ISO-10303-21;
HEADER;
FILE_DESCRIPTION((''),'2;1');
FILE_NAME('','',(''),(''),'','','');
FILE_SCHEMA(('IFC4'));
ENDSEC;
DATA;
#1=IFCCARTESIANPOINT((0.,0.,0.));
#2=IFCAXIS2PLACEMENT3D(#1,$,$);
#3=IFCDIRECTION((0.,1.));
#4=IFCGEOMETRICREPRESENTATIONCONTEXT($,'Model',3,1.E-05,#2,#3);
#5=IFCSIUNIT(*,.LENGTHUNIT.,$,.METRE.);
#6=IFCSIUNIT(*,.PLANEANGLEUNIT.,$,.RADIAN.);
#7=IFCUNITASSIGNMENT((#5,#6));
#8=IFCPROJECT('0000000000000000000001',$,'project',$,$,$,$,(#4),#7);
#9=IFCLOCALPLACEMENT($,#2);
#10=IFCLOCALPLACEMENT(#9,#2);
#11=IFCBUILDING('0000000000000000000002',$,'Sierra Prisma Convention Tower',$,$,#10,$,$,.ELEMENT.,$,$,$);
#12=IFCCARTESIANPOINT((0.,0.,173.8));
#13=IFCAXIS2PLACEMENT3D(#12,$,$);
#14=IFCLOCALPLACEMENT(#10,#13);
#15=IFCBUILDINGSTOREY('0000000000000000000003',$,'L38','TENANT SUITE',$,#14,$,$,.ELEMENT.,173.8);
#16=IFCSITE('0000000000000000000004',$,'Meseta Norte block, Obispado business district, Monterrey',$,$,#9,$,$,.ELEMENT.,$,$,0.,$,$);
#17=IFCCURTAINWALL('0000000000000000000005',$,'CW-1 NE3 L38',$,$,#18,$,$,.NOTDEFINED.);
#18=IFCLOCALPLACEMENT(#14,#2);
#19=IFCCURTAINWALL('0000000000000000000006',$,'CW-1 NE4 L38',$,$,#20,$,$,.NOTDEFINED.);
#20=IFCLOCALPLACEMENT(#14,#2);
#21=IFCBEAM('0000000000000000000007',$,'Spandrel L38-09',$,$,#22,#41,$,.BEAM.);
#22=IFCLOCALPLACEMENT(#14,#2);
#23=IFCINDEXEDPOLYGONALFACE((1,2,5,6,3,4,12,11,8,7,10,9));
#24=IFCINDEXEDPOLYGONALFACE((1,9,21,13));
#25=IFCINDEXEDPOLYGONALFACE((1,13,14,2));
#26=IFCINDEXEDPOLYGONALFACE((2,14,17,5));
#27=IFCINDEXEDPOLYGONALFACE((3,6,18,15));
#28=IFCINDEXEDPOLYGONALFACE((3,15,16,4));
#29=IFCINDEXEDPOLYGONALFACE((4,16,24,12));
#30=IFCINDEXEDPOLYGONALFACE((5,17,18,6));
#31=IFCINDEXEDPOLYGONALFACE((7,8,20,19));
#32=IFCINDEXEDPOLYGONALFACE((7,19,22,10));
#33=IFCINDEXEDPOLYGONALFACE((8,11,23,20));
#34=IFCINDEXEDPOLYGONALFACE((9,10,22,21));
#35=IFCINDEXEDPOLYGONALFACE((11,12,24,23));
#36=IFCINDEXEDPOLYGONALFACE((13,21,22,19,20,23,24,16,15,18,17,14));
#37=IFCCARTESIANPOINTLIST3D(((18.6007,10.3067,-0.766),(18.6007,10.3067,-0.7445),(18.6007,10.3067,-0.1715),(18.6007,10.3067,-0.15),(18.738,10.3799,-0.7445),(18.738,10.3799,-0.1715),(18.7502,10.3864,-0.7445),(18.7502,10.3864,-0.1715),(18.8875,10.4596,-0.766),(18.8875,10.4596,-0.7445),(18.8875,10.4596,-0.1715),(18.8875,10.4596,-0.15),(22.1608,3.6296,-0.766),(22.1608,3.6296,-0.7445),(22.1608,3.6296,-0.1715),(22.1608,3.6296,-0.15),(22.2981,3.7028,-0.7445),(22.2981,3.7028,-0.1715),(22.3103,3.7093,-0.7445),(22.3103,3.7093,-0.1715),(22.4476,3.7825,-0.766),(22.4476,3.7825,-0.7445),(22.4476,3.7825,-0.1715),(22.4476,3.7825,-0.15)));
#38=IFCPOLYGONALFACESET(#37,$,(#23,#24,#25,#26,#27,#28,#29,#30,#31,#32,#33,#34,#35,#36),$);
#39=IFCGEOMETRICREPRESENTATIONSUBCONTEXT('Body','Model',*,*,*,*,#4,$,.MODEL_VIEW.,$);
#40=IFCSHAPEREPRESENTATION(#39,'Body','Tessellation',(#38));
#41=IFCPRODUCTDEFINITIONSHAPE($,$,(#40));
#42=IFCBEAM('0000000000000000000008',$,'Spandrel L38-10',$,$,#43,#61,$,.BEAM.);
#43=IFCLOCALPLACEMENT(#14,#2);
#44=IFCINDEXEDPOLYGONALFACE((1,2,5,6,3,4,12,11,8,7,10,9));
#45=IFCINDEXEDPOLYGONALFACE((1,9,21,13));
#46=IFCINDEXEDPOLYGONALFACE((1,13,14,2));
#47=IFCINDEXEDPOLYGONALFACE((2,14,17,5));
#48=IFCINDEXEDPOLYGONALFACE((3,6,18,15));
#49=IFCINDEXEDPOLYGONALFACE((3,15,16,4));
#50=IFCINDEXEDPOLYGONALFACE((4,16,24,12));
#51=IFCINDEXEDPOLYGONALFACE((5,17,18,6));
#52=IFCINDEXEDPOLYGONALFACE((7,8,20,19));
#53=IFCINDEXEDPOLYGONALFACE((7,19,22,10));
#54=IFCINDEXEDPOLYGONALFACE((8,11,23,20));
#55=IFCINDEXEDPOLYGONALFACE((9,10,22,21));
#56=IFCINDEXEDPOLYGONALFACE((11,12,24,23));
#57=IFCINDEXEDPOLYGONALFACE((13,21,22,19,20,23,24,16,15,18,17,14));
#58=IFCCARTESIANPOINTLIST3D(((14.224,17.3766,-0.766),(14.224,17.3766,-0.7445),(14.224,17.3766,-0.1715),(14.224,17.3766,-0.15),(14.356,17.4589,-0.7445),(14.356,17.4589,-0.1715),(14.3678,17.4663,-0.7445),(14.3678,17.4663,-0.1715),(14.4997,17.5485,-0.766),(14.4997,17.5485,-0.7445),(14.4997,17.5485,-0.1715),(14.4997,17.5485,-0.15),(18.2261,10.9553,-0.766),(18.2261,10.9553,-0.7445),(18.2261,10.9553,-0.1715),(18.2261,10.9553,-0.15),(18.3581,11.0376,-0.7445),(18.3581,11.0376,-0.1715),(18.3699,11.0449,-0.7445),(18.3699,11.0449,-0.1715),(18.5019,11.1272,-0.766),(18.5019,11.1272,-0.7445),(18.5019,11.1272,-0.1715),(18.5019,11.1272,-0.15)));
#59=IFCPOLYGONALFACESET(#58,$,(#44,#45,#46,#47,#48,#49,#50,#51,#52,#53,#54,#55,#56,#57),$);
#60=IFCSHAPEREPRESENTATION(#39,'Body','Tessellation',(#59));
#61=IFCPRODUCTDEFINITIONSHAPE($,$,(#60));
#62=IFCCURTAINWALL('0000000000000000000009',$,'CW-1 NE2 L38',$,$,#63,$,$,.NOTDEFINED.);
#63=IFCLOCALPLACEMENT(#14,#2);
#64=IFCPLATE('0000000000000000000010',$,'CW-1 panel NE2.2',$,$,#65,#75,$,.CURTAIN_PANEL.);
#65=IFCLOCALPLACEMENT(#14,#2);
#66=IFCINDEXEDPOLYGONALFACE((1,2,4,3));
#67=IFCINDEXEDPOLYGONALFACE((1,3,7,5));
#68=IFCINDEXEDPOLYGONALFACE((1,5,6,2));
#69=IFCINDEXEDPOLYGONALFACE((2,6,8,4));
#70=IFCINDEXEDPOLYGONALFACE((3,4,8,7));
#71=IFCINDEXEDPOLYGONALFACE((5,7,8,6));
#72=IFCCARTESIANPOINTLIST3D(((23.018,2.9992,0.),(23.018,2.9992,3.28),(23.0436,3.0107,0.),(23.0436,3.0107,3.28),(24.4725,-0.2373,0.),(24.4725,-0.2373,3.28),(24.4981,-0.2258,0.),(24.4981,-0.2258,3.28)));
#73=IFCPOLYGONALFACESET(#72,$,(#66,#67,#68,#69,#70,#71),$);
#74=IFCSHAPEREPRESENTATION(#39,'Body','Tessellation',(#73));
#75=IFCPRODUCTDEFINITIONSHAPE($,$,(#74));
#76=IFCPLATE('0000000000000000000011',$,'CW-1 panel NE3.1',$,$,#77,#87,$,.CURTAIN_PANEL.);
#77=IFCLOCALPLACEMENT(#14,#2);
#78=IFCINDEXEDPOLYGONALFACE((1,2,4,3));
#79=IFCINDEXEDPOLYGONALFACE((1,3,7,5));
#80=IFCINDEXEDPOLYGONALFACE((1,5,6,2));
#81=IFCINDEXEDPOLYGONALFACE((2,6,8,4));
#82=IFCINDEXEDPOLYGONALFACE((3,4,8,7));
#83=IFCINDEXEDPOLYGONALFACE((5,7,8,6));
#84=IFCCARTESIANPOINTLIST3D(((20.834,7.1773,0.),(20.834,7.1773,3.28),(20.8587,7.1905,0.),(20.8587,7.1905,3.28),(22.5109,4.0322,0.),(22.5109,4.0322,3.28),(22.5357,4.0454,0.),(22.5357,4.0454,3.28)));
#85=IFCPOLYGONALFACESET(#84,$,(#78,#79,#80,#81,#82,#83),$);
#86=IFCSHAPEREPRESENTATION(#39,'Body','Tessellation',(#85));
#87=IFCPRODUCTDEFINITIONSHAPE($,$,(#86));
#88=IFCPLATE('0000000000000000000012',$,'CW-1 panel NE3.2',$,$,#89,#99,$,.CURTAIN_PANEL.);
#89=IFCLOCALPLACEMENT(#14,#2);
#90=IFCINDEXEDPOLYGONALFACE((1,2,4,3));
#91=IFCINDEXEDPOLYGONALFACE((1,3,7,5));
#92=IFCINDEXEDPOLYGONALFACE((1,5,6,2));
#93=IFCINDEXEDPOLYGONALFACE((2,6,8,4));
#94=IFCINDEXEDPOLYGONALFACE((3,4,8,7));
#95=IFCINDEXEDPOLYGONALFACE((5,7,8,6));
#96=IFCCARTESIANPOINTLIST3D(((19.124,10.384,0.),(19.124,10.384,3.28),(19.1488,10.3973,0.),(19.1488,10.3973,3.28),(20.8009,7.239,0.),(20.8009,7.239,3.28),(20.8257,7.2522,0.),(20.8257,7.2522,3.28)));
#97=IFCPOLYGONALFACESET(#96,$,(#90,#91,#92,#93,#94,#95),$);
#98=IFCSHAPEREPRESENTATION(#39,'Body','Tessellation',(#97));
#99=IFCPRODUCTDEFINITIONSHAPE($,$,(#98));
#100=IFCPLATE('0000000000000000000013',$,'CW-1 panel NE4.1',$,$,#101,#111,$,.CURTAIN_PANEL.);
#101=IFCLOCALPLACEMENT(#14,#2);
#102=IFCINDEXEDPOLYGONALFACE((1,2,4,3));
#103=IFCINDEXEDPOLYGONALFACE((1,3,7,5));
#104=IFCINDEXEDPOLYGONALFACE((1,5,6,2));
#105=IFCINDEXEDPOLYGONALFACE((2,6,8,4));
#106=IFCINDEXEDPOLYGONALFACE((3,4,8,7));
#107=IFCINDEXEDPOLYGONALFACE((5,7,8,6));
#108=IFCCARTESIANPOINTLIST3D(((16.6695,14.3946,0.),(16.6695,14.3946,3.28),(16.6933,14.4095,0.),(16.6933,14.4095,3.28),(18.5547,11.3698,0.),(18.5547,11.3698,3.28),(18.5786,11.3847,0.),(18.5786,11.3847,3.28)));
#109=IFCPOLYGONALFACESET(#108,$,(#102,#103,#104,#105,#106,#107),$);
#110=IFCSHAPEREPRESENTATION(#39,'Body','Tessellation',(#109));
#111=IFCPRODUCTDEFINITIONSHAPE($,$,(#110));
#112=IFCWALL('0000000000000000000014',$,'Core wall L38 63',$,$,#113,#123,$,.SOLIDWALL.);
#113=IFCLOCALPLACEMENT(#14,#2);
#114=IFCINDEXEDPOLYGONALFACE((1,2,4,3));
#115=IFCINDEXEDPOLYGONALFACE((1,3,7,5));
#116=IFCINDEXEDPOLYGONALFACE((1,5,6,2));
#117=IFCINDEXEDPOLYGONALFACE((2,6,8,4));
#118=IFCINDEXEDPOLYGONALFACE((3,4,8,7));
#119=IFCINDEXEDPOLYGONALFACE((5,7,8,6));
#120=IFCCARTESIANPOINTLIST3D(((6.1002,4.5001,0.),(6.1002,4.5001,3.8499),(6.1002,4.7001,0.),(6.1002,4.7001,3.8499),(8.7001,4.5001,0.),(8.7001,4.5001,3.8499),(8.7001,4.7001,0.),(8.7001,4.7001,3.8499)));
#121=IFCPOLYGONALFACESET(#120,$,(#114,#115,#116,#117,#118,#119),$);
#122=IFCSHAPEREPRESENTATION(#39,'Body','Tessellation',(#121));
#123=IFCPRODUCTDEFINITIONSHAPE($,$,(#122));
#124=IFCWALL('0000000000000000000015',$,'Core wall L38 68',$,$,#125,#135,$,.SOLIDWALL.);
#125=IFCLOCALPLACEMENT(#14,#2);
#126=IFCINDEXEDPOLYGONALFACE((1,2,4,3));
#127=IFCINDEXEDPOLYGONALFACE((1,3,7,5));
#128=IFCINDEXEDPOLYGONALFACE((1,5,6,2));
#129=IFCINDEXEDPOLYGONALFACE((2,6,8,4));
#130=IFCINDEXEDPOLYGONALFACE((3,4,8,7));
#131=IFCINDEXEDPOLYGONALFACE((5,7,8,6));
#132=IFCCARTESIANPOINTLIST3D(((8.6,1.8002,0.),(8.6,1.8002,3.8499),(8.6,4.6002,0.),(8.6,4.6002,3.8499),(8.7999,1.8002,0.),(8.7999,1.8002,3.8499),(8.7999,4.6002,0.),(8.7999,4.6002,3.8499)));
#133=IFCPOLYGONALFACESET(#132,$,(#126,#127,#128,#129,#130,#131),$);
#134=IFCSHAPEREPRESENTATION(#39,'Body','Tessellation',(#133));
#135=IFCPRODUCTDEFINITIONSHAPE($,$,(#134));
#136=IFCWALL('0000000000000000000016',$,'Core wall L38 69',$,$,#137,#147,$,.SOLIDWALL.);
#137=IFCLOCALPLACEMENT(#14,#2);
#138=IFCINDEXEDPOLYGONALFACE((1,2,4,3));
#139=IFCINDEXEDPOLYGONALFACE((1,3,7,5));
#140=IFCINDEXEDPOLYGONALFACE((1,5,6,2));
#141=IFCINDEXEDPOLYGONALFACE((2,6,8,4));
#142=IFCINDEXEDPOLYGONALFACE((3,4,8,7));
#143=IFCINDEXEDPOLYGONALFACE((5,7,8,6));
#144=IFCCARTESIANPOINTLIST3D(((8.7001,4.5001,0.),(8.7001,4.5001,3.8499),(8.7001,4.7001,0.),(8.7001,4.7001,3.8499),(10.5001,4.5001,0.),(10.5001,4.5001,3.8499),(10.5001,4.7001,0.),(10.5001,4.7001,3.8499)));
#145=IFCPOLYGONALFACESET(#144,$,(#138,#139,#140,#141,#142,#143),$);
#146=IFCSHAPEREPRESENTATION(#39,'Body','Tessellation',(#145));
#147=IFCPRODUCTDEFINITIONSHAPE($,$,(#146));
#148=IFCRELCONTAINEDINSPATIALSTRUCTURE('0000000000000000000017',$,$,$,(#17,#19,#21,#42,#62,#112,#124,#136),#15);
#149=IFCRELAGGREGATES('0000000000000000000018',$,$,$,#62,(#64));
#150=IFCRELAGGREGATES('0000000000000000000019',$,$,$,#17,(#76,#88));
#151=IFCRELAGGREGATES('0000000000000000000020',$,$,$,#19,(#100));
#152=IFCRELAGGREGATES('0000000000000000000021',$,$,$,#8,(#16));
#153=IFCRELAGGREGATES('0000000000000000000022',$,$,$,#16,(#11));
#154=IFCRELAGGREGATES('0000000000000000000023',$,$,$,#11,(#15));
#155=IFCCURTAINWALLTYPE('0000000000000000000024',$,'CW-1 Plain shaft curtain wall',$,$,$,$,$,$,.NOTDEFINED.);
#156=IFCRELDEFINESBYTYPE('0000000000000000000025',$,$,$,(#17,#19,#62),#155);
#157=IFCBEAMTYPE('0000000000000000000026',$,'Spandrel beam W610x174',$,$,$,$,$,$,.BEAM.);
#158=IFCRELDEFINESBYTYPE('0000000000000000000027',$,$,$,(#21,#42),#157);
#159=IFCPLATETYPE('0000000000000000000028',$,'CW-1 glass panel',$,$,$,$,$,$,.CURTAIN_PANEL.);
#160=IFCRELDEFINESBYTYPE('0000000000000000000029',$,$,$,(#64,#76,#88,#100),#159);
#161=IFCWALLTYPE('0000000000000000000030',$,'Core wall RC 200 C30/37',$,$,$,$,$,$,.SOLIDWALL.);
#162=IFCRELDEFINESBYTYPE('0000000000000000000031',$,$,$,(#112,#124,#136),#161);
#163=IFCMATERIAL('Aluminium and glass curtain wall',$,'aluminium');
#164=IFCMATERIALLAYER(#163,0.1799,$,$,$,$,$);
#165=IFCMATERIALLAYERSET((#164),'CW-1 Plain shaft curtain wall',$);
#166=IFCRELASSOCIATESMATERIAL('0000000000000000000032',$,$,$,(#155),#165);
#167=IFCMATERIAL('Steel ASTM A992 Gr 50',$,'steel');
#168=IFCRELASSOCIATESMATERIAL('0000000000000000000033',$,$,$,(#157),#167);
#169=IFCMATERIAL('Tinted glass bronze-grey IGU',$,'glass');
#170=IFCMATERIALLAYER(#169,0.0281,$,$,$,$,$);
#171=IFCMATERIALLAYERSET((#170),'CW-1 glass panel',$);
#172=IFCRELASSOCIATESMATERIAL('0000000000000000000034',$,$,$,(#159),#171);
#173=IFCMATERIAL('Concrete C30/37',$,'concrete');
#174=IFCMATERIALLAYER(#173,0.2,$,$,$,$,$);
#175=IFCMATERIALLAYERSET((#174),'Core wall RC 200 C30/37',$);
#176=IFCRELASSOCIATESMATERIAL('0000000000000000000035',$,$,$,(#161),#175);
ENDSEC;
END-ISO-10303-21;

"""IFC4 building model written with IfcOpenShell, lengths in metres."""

from ifc_helpers import new_model, si_unit, direction, frame, frame_2d, origin, origin_2d, place, context, subcontext, project, spatial, rectangle, i_section, extrude, material, layer, layer_set, material_profile, profile_set, type_object, element, aggregate, save


model = new_model("IFC4")

# Units and contexts
model_context = context("Model", 3, precision=1e-05, world=origin(), true_north=direction((0.0, 1.0)))
body_context = subcontext(model_context, "Body", "Model", "MODEL_VIEW")
ifc_project = project(units=[si_unit("LENGTHUNIT", "METRE"), si_unit("PLANEANGLEUNIT", "RADIAN")], contexts=[model_context])

# Site, building, storey
site_placement = place(None, origin())
site = spatial("IfcSite", under=ifc_project, at=site_placement, Name="Meseta Norte block, Obispado business district, Monterrey", CompositionType="ELEMENT", RefElevation=0.0)
building_placement = place(site_placement, origin())
building = spatial("IfcBuilding", under=site, at=building_placement, Name="Sierra Prisma Convention Tower", CompositionType="ELEMENT")
storey_placement = place(building_placement, frame((0.0, 0.0, 173.8)))
storey = spatial("IfcBuildingStorey", under=building, at=storey_placement, Name="L38", Description="TENANT SUITE", CompositionType="ELEMENT", Elevation=173.8)

# Curtain wall
ifc_material_1 = material(Name="Aluminium and glass curtain wall", Category="aluminium")
ifc_layer_1 = layer(ifc_material_1, 0.1799)
ifc_layer_set_1 = layer_set([ifc_layer_1], Name="CW-1 Plain shaft curtain wall")
curtain_wall_type = type_object("IfcCurtainWallType", Name="CW-1 Plain shaft curtain wall", PredefinedType="NOTDEFINED", material=ifc_layer_set_1)
curtain_wall_1_placement = place(storey_placement, origin())
curtain_wall_1 = element("IfcCurtainWall", 1, at=curtain_wall_1_placement, inside=storey, type_object=curtain_wall_type, Name="CW-1 NE3 L38", PredefinedType="NOTDEFINED")

# Curtain wall
curtain_wall_2_placement = place(storey_placement, origin())
curtain_wall_2 = element("IfcCurtainWall", 2, at=curtain_wall_2_placement, inside=storey, type_object=curtain_wall_type, Name="CW-1 NE4 L38", PredefinedType="NOTDEFINED")

# Beams
ifc_material_2 = material(Name="Steel ASTM A992 Gr 50", Category="steel")
ifc_material_profile_1 = material_profile(ifc_material_2, i_section(OverallWidth=0.325, OverallDepth=0.616, WebThickness=0.0139, FlangeThickness=0.0215, at=origin_2d()), Name="W610x174")
ifc_profile_set_1 = profile_set([ifc_material_profile_1], Name="Steel ASTM A992 Gr 50")
beam_type_1 = type_object("IfcBeamType", Name="Spandrel beam W610x174", PredefinedType="BEAM", material=ifc_profile_set_1)
beam_1_placement = place(storey_placement, frame((22.3042, 3.7061, -0.458), z_axis=(-0.470484, 0.882408, 0.0), x_axis=(-0.882408, -0.470484, 0.0)))
element("IfcBeam", 3, at=beam_1_placement, inside=storey, type_object=beam_type_1, Name="Spandrel L38-09", PredefinedType="BEAM", context=body_context, shape_type="SweptSolid", body=[
    extrude(i_section(OverallWidth=0.325, OverallDepth=0.616, WebThickness=0.0139, FlangeThickness=0.0215, at=origin_2d()), origin(), (0.0, 0.0, 1.0), 7.5669),
])
beam_2_placement = place(storey_placement, frame((18.364, 11.0413, -0.458), z_axis=(-0.528937, 0.848661, 0.0), x_axis=(-0.848661, -0.528937, 0.0)))
element("IfcBeam", 4, at=beam_2_placement, inside=storey, type_object=beam_type_1, Name="Spandrel L38-10", PredefinedType="BEAM", context=body_context, shape_type="SweptSolid", body=[
    extrude(i_section(OverallWidth=0.325, OverallDepth=0.616, WebThickness=0.0139, FlangeThickness=0.0215, at=origin_2d()), origin(), (0.0, 0.0, 1.0), 7.5664),
])

# Curtain wall, plate
curtain_wall_3_placement = place(storey_placement, origin())
curtain_wall_3 = element("IfcCurtainWall", 5, at=curtain_wall_3_placement, inside=storey, type_object=curtain_wall_type, Name="CW-1 NE2 L38", PredefinedType="NOTDEFINED")
ifc_material_3 = material(Name="Tinted glass bronze-grey IGU", Category="glass")
ifc_layer_2 = layer(ifc_material_3, 0.0281)
ifc_layer_set_2 = layer_set([ifc_layer_2], Name="CW-1 glass panel")
plate_type = type_object("IfcPlateType", Name="CW-1 glass panel", PredefinedType="CURTAIN_PANEL", material=ifc_layer_set_2)
plate_1_placement = place(storey_placement, frame((23.7581, 1.3867, 0.0), z_axis=(0.0, 0.0, 1.0), x_axis=(-0.409914, 0.912124, 0.0)))
plate_1 = element("IfcPlate", 6, at=plate_1_placement, type_object=plate_type, Name="CW-1 panel NE2.2", PredefinedType="CURTAIN_PANEL", context=body_context, shape_type="SweptSolid", body=[
    extrude(rectangle(XDim=3.5483, YDim=0.0281, at=origin_2d()), origin(), (0.0, 0.0, 1.0), 3.28),
])
aggregate(curtain_wall_3, [plate_1])

# Plates
plate_2_placement = place(storey_placement, frame((21.6848, 5.6113, 0.0), z_axis=(0.0, 0.0, 1.0), x_axis=(-0.470496, 0.882402, 0.0)))
plate_2 = element("IfcPlate", 7, at=plate_2_placement, type_object=plate_type, Name="CW-1 panel NE3.1", PredefinedType="CURTAIN_PANEL", context=body_context, shape_type="SweptSolid", body=[
    extrude(rectangle(XDim=3.5642, YDim=0.0281, at=origin_2d()), origin(), (0.0, 0.0, 1.0), 3.28),
])
plate_3_placement = place(storey_placement, frame((19.9749, 8.8181, 0.0), z_axis=(0.0, 0.0, 1.0), x_axis=(-0.470496, 0.882402, 0.0)))
plate_3 = element("IfcPlate", 8, at=plate_3_placement, type_object=plate_type, Name="CW-1 panel NE3.2", PredefinedType="CURTAIN_PANEL", context=body_context, shape_type="SweptSolid", body=[
    extrude(rectangle(XDim=3.5642, YDim=0.0281, at=origin_2d()), origin(), (0.0, 0.0, 1.0), 3.28),
])
aggregate(curtain_wall_1, [plate_2, plate_3])
plate_4_placement = place(storey_placement, frame((17.624, 12.8896, 0.0), z_axis=(0.0, 0.0, 1.0), x_axis=(-0.528935, 0.848662, 0.0)))
plate_4 = element("IfcPlate", 9, at=plate_4_placement, type_object=plate_type, Name="CW-1 panel NE4.1", PredefinedType="CURTAIN_PANEL", context=body_context, shape_type="SweptSolid", body=[
    extrude(rectangle(XDim=3.5642, YDim=0.0281, at=origin_2d()), origin(), (0.0, 0.0, 1.0), 3.28),
])
aggregate(curtain_wall_2, [plate_4])

# Wall
ifc_material_4 = material(Name="Concrete C30/37", Category="concrete")
ifc_layer_3 = layer(ifc_material_4, 0.2)
ifc_layer_set_3 = layer_set([ifc_layer_3], Name="Core wall RC 200 C30/37")
wall_type_1 = type_object("IfcWallType", Name="Core wall RC 200 C30/37", PredefinedType="SOLIDWALL", material=ifc_layer_set_3)
wall_1_placement = place(storey_placement, frame((8.7, 4.6001, 0.0), z_axis=(0.0, 0.0, 1.0), x_axis=(-1.0, 0.0, 0.0)))
element("IfcWall", 10, at=wall_1_placement, inside=storey, type_object=wall_type_1, Name="Core wall L38 63", PredefinedType="SOLIDWALL", context=body_context, shape_type="SweptSolid", body=[
    extrude(rectangle(XDim=2.5999, YDim=0.2, at=frame_2d((1.2998, 0.0))), origin(), (0.0, 0.0, 1.0), 3.8499),
])

# Walls
wall_2_placement = place(storey_placement, frame((8.7, 4.6001, 0.0), z_axis=(0.0, 0.0, 1.0), x_axis=(0.0, -1.0, 0.0)))
element("IfcWall", 11, at=wall_2_placement, inside=storey, type_object=wall_type_1, Name="Core wall L38 68", PredefinedType="SOLIDWALL", context=body_context, shape_type="SweptSolid", body=[
    extrude(rectangle(XDim=2.8, YDim=0.2, at=frame_2d((1.3999, 0.0))), origin(), (0.0, 0.0, 1.0), 3.8499),
])
wall_3_placement = place(storey_placement, frame((10.5, 4.6001, 0.0), z_axis=(0.0, 0.0, 1.0), x_axis=(-1.0, 0.0, 0.0)))
element("IfcWall", 12, at=wall_3_placement, inside=storey, type_object=wall_type_1, Name="Core wall L38 69", PredefinedType="SOLIDWALL", context=body_context, shape_type="SweptSolid", body=[
    extrude(rectangle(XDim=1.8, YDim=0.2, at=frame_2d((0.8999, 0.0))), origin(), (0.0, 0.0, 1.0), 3.8499),
])

save(model, "model.ifc")
